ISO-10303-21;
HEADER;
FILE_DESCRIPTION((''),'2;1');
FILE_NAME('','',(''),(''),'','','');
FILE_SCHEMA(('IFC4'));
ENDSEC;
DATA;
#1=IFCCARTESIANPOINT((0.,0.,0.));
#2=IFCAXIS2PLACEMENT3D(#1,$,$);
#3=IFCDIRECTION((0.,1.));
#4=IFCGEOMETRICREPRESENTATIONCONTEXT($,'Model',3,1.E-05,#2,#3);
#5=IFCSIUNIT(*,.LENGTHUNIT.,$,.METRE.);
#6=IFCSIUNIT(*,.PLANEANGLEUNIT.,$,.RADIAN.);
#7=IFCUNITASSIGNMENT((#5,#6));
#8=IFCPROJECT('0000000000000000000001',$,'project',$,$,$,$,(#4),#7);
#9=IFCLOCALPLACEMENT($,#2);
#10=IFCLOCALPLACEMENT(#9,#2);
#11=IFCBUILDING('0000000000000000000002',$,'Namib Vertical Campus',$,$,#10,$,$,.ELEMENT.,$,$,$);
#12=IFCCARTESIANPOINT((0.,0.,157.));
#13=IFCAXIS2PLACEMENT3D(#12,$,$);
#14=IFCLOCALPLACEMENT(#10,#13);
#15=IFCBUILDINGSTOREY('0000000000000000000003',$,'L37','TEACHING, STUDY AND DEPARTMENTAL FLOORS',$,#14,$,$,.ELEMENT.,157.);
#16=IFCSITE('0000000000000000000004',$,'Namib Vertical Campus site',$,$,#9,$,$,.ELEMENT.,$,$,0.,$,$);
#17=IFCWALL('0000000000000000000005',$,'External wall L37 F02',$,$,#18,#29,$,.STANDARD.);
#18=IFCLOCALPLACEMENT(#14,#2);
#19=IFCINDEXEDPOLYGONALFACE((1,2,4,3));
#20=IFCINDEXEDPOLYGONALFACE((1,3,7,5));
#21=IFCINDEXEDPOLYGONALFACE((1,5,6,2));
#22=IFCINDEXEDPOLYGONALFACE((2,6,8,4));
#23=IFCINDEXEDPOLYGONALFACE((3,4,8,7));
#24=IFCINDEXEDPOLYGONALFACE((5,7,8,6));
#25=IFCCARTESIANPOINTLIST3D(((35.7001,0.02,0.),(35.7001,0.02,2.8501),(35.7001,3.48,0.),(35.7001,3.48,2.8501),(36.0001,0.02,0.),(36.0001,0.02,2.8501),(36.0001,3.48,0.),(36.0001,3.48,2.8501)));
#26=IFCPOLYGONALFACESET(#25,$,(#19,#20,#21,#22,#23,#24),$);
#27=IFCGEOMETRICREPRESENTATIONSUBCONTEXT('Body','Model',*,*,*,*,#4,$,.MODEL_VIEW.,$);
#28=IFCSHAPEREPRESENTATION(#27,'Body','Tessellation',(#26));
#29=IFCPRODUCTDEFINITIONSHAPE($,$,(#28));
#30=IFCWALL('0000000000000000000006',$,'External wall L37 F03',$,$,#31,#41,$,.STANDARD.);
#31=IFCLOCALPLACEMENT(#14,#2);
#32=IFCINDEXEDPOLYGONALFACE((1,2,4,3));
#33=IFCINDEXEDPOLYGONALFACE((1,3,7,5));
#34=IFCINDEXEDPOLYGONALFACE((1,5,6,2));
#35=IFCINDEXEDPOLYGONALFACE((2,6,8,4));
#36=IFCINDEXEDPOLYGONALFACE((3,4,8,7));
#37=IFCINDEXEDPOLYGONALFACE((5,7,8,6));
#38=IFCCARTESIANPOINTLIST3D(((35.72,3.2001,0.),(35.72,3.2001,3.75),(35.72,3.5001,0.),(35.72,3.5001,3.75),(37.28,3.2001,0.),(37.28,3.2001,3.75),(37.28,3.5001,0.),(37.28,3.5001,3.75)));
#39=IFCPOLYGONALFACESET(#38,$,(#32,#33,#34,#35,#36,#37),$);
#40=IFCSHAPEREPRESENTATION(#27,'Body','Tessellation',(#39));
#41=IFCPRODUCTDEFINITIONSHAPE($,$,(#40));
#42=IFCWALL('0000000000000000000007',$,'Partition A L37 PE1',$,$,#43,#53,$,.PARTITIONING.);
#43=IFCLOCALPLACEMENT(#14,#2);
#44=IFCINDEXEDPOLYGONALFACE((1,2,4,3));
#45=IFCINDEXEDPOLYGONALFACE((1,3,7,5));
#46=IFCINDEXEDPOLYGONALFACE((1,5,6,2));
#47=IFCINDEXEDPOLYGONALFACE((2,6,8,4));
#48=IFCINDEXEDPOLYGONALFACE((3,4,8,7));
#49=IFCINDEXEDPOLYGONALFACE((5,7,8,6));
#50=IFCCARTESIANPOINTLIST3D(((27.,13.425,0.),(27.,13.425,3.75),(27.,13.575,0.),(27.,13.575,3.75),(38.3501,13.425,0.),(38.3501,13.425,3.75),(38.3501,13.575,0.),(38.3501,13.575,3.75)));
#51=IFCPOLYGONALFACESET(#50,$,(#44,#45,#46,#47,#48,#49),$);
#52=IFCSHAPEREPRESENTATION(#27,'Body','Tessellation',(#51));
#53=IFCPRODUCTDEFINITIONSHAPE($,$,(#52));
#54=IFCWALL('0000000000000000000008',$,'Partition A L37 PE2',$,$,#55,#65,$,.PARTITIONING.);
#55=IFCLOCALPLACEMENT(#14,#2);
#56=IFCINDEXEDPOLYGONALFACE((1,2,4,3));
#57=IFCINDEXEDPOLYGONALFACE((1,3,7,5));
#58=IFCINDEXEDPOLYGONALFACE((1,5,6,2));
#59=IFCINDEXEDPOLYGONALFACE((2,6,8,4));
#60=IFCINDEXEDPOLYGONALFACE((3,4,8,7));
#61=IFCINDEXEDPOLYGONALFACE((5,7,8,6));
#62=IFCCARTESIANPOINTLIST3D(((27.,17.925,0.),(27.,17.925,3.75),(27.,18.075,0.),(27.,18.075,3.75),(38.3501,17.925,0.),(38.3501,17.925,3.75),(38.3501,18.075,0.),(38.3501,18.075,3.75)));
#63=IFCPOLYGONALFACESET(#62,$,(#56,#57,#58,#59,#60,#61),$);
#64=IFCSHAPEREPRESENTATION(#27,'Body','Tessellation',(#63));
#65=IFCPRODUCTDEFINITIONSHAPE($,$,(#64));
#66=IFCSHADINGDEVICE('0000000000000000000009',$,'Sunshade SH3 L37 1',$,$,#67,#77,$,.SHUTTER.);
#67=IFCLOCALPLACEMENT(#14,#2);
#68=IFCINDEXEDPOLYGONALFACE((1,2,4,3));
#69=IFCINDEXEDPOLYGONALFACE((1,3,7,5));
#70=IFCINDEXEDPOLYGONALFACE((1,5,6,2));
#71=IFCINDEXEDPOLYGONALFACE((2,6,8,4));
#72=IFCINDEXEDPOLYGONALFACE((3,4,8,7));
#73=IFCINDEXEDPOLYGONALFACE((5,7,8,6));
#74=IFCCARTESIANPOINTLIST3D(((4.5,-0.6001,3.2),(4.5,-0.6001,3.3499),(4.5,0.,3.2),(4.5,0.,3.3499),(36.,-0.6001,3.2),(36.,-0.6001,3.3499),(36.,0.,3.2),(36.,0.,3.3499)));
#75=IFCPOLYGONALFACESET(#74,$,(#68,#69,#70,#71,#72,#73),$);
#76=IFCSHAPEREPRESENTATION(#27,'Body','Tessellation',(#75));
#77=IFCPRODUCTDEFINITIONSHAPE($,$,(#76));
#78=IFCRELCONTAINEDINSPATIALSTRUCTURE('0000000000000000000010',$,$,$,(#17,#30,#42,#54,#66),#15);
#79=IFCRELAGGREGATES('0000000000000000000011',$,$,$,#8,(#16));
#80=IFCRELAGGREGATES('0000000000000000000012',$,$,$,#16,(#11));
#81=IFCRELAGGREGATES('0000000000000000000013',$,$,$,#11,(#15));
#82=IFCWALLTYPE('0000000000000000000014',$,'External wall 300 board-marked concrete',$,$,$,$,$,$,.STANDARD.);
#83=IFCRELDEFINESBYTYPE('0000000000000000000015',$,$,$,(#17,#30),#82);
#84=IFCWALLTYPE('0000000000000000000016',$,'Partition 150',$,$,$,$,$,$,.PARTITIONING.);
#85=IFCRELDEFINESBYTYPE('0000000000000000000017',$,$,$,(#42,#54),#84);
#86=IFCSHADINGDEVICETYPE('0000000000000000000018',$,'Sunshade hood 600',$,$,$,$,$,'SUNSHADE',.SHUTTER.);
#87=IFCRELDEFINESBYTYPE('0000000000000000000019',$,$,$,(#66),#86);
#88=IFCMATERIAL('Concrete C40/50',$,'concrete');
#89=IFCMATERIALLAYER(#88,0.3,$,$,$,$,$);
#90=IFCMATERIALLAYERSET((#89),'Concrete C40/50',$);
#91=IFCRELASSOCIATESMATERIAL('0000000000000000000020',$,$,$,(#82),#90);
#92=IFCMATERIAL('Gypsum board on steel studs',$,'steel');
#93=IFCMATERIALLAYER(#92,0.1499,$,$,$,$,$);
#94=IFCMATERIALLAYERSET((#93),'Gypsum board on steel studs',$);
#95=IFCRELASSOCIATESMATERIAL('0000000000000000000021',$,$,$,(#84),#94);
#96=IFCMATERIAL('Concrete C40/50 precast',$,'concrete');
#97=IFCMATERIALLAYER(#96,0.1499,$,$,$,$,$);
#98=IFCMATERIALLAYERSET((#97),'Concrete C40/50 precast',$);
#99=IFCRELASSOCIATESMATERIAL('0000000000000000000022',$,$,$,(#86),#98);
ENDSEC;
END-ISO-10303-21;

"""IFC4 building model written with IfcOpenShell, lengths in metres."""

from ifc_helpers import new_model, si_unit, direction, frame, frame_2d, origin, origin_2d, place, context, subcontext, project, spatial, rectangle, extrude, material, layer, layer_set, type_object, element, save


model = new_model("IFC4")

# Units and contexts
model_context = context("Model", 3, precision=1e-05, world=origin(), true_north=direction((0.0, 1.0)))
body_context = subcontext(model_context, "Body", "Model", "MODEL_VIEW")
ifc_project = project(units=[si_unit("LENGTHUNIT", "METRE"), si_unit("PLANEANGLEUNIT", "RADIAN")], contexts=[model_context])

# Site, building, storey
site_placement = place(None, origin())
site = spatial("IfcSite", under=ifc_project, at=site_placement, Name="Namib Vertical Campus site", CompositionType="ELEMENT", RefElevation=0.0)
building_placement = place(site_placement, origin())
building = spatial("IfcBuilding", under=site, at=building_placement, Name="Namib Vertical Campus", CompositionType="ELEMENT")
storey_placement = place(building_placement, frame((0.0, 0.0, 157.0)))
storey = spatial("IfcBuildingStorey", under=building, at=storey_placement, Name="L37", Description="TEACHING, STUDY AND DEPARTMENTAL FLOORS", CompositionType="ELEMENT", Elevation=157.0)

# Walls
ifc_material_1 = material(Name="Concrete C40/50", Category="concrete")
ifc_layer_1 = layer(ifc_material_1, 0.3)
ifc_layer_set_1 = layer_set([ifc_layer_1], Name="Concrete C40/50")
wall_type_1 = type_object("IfcWallType", Name="External wall 300 board-marked concrete", PredefinedType="STANDARD", material=ifc_layer_set_1)
wall_1_placement = place(storey_placement, frame((35.8501, 0.02, 0.0), z_axis=(0.0, 0.0, 1.0), x_axis=(0.0, 1.0, 0.0)))
element("IfcWall", 1, at=wall_1_placement, inside=storey, type_object=wall_type_1, Name="External wall L37 F02", PredefinedType="STANDARD", context=body_context, shape_type="SweptSolid", body=[
    extrude(rectangle(XDim=3.46, YDim=0.3, at=frame_2d((1.73, 0.0))), origin(), (0.0, 0.0, 1.0), 2.8501),
])
wall_2_placement = place(storey_placement, frame((35.72, 3.3501, 0.0), z_axis=(0.0, 0.0, 1.0), x_axis=(1.0, 0.0, 0.0)))
element("IfcWall", 2, at=wall_2_placement, inside=storey, type_object=wall_type_1, Name="External wall L37 F03", PredefinedType="STANDARD", context=body_context, shape_type="SweptSolid", body=[
    extrude(rectangle(XDim=1.5601, YDim=0.3, at=frame_2d((0.78, 0.0))), origin(), (0.0, 0.0, 1.0), 3.75),
])
ifc_material_2 = material(Name="Gypsum board on steel studs", Category="steel")
ifc_layer_2 = layer(ifc_material_2, 0.1499)
ifc_layer_set_2 = layer_set([ifc_layer_2], Name="Gypsum board on steel studs")
wall_type_2 = type_object("IfcWallType", Name="Partition 150", PredefinedType="PARTITIONING", material=ifc_layer_set_2)
for number, where, z_axis, x_axis, name in (
    (3, (27.0, 13.5, 0.0), (0.0, 0.0, 1.0), (1.0, 0.0, 0.0), "Partition A L37 PE1"),
    (4, (27.0, 18.0, 0.0), (0.0, 0.0, 1.0), (1.0, 0.0, 0.0), "Partition A L37 PE2"),
):
    element("IfcWall", number, at=place(storey_placement, frame(where, z_axis=z_axis, x_axis=x_axis)), inside=storey, type_object=wall_type_2, Name=name, PredefinedType="PARTITIONING", context=body_context, shape_type="SweptSolid", body=[
        extrude(rectangle(XDim=11.3501, YDim=0.1499, at=frame_2d((5.675, 0.0))), origin(), (0.0, 0.0, 1.0), 3.75),
    ])

# Shading device
ifc_material_3 = material(Name="Concrete C40/50 precast", Category="concrete")
ifc_layer_3 = layer(ifc_material_3, 0.1499)
ifc_layer_set_3 = layer_set([ifc_layer_3], Name="Concrete C40/50 precast")
shading_device_type = type_object("IfcShadingDeviceType", Name="Sunshade hood 600", ElementType="SUNSHADE", PredefinedType="SHUTTER", material=ifc_layer_set_3)
shading_device_placement = place(storey_placement, frame((20.25, -0.3, 3.2), z_axis=(0.0, 0.0, 1.0), x_axis=(1.0, 0.0, 0.0)))
element("IfcShadingDevice", 5, at=shading_device_placement, inside=storey, type_object=shading_device_type, Name="Sunshade SH3 L37 1", PredefinedType="SHUTTER", context=body_context, shape_type="SweptSolid", body=[
    extrude(rectangle(XDim=31.5, YDim=0.6001, at=origin_2d()), origin(), (0.0, 0.0, 1.0), 0.1499),
])

save(model, "model.ifc")
